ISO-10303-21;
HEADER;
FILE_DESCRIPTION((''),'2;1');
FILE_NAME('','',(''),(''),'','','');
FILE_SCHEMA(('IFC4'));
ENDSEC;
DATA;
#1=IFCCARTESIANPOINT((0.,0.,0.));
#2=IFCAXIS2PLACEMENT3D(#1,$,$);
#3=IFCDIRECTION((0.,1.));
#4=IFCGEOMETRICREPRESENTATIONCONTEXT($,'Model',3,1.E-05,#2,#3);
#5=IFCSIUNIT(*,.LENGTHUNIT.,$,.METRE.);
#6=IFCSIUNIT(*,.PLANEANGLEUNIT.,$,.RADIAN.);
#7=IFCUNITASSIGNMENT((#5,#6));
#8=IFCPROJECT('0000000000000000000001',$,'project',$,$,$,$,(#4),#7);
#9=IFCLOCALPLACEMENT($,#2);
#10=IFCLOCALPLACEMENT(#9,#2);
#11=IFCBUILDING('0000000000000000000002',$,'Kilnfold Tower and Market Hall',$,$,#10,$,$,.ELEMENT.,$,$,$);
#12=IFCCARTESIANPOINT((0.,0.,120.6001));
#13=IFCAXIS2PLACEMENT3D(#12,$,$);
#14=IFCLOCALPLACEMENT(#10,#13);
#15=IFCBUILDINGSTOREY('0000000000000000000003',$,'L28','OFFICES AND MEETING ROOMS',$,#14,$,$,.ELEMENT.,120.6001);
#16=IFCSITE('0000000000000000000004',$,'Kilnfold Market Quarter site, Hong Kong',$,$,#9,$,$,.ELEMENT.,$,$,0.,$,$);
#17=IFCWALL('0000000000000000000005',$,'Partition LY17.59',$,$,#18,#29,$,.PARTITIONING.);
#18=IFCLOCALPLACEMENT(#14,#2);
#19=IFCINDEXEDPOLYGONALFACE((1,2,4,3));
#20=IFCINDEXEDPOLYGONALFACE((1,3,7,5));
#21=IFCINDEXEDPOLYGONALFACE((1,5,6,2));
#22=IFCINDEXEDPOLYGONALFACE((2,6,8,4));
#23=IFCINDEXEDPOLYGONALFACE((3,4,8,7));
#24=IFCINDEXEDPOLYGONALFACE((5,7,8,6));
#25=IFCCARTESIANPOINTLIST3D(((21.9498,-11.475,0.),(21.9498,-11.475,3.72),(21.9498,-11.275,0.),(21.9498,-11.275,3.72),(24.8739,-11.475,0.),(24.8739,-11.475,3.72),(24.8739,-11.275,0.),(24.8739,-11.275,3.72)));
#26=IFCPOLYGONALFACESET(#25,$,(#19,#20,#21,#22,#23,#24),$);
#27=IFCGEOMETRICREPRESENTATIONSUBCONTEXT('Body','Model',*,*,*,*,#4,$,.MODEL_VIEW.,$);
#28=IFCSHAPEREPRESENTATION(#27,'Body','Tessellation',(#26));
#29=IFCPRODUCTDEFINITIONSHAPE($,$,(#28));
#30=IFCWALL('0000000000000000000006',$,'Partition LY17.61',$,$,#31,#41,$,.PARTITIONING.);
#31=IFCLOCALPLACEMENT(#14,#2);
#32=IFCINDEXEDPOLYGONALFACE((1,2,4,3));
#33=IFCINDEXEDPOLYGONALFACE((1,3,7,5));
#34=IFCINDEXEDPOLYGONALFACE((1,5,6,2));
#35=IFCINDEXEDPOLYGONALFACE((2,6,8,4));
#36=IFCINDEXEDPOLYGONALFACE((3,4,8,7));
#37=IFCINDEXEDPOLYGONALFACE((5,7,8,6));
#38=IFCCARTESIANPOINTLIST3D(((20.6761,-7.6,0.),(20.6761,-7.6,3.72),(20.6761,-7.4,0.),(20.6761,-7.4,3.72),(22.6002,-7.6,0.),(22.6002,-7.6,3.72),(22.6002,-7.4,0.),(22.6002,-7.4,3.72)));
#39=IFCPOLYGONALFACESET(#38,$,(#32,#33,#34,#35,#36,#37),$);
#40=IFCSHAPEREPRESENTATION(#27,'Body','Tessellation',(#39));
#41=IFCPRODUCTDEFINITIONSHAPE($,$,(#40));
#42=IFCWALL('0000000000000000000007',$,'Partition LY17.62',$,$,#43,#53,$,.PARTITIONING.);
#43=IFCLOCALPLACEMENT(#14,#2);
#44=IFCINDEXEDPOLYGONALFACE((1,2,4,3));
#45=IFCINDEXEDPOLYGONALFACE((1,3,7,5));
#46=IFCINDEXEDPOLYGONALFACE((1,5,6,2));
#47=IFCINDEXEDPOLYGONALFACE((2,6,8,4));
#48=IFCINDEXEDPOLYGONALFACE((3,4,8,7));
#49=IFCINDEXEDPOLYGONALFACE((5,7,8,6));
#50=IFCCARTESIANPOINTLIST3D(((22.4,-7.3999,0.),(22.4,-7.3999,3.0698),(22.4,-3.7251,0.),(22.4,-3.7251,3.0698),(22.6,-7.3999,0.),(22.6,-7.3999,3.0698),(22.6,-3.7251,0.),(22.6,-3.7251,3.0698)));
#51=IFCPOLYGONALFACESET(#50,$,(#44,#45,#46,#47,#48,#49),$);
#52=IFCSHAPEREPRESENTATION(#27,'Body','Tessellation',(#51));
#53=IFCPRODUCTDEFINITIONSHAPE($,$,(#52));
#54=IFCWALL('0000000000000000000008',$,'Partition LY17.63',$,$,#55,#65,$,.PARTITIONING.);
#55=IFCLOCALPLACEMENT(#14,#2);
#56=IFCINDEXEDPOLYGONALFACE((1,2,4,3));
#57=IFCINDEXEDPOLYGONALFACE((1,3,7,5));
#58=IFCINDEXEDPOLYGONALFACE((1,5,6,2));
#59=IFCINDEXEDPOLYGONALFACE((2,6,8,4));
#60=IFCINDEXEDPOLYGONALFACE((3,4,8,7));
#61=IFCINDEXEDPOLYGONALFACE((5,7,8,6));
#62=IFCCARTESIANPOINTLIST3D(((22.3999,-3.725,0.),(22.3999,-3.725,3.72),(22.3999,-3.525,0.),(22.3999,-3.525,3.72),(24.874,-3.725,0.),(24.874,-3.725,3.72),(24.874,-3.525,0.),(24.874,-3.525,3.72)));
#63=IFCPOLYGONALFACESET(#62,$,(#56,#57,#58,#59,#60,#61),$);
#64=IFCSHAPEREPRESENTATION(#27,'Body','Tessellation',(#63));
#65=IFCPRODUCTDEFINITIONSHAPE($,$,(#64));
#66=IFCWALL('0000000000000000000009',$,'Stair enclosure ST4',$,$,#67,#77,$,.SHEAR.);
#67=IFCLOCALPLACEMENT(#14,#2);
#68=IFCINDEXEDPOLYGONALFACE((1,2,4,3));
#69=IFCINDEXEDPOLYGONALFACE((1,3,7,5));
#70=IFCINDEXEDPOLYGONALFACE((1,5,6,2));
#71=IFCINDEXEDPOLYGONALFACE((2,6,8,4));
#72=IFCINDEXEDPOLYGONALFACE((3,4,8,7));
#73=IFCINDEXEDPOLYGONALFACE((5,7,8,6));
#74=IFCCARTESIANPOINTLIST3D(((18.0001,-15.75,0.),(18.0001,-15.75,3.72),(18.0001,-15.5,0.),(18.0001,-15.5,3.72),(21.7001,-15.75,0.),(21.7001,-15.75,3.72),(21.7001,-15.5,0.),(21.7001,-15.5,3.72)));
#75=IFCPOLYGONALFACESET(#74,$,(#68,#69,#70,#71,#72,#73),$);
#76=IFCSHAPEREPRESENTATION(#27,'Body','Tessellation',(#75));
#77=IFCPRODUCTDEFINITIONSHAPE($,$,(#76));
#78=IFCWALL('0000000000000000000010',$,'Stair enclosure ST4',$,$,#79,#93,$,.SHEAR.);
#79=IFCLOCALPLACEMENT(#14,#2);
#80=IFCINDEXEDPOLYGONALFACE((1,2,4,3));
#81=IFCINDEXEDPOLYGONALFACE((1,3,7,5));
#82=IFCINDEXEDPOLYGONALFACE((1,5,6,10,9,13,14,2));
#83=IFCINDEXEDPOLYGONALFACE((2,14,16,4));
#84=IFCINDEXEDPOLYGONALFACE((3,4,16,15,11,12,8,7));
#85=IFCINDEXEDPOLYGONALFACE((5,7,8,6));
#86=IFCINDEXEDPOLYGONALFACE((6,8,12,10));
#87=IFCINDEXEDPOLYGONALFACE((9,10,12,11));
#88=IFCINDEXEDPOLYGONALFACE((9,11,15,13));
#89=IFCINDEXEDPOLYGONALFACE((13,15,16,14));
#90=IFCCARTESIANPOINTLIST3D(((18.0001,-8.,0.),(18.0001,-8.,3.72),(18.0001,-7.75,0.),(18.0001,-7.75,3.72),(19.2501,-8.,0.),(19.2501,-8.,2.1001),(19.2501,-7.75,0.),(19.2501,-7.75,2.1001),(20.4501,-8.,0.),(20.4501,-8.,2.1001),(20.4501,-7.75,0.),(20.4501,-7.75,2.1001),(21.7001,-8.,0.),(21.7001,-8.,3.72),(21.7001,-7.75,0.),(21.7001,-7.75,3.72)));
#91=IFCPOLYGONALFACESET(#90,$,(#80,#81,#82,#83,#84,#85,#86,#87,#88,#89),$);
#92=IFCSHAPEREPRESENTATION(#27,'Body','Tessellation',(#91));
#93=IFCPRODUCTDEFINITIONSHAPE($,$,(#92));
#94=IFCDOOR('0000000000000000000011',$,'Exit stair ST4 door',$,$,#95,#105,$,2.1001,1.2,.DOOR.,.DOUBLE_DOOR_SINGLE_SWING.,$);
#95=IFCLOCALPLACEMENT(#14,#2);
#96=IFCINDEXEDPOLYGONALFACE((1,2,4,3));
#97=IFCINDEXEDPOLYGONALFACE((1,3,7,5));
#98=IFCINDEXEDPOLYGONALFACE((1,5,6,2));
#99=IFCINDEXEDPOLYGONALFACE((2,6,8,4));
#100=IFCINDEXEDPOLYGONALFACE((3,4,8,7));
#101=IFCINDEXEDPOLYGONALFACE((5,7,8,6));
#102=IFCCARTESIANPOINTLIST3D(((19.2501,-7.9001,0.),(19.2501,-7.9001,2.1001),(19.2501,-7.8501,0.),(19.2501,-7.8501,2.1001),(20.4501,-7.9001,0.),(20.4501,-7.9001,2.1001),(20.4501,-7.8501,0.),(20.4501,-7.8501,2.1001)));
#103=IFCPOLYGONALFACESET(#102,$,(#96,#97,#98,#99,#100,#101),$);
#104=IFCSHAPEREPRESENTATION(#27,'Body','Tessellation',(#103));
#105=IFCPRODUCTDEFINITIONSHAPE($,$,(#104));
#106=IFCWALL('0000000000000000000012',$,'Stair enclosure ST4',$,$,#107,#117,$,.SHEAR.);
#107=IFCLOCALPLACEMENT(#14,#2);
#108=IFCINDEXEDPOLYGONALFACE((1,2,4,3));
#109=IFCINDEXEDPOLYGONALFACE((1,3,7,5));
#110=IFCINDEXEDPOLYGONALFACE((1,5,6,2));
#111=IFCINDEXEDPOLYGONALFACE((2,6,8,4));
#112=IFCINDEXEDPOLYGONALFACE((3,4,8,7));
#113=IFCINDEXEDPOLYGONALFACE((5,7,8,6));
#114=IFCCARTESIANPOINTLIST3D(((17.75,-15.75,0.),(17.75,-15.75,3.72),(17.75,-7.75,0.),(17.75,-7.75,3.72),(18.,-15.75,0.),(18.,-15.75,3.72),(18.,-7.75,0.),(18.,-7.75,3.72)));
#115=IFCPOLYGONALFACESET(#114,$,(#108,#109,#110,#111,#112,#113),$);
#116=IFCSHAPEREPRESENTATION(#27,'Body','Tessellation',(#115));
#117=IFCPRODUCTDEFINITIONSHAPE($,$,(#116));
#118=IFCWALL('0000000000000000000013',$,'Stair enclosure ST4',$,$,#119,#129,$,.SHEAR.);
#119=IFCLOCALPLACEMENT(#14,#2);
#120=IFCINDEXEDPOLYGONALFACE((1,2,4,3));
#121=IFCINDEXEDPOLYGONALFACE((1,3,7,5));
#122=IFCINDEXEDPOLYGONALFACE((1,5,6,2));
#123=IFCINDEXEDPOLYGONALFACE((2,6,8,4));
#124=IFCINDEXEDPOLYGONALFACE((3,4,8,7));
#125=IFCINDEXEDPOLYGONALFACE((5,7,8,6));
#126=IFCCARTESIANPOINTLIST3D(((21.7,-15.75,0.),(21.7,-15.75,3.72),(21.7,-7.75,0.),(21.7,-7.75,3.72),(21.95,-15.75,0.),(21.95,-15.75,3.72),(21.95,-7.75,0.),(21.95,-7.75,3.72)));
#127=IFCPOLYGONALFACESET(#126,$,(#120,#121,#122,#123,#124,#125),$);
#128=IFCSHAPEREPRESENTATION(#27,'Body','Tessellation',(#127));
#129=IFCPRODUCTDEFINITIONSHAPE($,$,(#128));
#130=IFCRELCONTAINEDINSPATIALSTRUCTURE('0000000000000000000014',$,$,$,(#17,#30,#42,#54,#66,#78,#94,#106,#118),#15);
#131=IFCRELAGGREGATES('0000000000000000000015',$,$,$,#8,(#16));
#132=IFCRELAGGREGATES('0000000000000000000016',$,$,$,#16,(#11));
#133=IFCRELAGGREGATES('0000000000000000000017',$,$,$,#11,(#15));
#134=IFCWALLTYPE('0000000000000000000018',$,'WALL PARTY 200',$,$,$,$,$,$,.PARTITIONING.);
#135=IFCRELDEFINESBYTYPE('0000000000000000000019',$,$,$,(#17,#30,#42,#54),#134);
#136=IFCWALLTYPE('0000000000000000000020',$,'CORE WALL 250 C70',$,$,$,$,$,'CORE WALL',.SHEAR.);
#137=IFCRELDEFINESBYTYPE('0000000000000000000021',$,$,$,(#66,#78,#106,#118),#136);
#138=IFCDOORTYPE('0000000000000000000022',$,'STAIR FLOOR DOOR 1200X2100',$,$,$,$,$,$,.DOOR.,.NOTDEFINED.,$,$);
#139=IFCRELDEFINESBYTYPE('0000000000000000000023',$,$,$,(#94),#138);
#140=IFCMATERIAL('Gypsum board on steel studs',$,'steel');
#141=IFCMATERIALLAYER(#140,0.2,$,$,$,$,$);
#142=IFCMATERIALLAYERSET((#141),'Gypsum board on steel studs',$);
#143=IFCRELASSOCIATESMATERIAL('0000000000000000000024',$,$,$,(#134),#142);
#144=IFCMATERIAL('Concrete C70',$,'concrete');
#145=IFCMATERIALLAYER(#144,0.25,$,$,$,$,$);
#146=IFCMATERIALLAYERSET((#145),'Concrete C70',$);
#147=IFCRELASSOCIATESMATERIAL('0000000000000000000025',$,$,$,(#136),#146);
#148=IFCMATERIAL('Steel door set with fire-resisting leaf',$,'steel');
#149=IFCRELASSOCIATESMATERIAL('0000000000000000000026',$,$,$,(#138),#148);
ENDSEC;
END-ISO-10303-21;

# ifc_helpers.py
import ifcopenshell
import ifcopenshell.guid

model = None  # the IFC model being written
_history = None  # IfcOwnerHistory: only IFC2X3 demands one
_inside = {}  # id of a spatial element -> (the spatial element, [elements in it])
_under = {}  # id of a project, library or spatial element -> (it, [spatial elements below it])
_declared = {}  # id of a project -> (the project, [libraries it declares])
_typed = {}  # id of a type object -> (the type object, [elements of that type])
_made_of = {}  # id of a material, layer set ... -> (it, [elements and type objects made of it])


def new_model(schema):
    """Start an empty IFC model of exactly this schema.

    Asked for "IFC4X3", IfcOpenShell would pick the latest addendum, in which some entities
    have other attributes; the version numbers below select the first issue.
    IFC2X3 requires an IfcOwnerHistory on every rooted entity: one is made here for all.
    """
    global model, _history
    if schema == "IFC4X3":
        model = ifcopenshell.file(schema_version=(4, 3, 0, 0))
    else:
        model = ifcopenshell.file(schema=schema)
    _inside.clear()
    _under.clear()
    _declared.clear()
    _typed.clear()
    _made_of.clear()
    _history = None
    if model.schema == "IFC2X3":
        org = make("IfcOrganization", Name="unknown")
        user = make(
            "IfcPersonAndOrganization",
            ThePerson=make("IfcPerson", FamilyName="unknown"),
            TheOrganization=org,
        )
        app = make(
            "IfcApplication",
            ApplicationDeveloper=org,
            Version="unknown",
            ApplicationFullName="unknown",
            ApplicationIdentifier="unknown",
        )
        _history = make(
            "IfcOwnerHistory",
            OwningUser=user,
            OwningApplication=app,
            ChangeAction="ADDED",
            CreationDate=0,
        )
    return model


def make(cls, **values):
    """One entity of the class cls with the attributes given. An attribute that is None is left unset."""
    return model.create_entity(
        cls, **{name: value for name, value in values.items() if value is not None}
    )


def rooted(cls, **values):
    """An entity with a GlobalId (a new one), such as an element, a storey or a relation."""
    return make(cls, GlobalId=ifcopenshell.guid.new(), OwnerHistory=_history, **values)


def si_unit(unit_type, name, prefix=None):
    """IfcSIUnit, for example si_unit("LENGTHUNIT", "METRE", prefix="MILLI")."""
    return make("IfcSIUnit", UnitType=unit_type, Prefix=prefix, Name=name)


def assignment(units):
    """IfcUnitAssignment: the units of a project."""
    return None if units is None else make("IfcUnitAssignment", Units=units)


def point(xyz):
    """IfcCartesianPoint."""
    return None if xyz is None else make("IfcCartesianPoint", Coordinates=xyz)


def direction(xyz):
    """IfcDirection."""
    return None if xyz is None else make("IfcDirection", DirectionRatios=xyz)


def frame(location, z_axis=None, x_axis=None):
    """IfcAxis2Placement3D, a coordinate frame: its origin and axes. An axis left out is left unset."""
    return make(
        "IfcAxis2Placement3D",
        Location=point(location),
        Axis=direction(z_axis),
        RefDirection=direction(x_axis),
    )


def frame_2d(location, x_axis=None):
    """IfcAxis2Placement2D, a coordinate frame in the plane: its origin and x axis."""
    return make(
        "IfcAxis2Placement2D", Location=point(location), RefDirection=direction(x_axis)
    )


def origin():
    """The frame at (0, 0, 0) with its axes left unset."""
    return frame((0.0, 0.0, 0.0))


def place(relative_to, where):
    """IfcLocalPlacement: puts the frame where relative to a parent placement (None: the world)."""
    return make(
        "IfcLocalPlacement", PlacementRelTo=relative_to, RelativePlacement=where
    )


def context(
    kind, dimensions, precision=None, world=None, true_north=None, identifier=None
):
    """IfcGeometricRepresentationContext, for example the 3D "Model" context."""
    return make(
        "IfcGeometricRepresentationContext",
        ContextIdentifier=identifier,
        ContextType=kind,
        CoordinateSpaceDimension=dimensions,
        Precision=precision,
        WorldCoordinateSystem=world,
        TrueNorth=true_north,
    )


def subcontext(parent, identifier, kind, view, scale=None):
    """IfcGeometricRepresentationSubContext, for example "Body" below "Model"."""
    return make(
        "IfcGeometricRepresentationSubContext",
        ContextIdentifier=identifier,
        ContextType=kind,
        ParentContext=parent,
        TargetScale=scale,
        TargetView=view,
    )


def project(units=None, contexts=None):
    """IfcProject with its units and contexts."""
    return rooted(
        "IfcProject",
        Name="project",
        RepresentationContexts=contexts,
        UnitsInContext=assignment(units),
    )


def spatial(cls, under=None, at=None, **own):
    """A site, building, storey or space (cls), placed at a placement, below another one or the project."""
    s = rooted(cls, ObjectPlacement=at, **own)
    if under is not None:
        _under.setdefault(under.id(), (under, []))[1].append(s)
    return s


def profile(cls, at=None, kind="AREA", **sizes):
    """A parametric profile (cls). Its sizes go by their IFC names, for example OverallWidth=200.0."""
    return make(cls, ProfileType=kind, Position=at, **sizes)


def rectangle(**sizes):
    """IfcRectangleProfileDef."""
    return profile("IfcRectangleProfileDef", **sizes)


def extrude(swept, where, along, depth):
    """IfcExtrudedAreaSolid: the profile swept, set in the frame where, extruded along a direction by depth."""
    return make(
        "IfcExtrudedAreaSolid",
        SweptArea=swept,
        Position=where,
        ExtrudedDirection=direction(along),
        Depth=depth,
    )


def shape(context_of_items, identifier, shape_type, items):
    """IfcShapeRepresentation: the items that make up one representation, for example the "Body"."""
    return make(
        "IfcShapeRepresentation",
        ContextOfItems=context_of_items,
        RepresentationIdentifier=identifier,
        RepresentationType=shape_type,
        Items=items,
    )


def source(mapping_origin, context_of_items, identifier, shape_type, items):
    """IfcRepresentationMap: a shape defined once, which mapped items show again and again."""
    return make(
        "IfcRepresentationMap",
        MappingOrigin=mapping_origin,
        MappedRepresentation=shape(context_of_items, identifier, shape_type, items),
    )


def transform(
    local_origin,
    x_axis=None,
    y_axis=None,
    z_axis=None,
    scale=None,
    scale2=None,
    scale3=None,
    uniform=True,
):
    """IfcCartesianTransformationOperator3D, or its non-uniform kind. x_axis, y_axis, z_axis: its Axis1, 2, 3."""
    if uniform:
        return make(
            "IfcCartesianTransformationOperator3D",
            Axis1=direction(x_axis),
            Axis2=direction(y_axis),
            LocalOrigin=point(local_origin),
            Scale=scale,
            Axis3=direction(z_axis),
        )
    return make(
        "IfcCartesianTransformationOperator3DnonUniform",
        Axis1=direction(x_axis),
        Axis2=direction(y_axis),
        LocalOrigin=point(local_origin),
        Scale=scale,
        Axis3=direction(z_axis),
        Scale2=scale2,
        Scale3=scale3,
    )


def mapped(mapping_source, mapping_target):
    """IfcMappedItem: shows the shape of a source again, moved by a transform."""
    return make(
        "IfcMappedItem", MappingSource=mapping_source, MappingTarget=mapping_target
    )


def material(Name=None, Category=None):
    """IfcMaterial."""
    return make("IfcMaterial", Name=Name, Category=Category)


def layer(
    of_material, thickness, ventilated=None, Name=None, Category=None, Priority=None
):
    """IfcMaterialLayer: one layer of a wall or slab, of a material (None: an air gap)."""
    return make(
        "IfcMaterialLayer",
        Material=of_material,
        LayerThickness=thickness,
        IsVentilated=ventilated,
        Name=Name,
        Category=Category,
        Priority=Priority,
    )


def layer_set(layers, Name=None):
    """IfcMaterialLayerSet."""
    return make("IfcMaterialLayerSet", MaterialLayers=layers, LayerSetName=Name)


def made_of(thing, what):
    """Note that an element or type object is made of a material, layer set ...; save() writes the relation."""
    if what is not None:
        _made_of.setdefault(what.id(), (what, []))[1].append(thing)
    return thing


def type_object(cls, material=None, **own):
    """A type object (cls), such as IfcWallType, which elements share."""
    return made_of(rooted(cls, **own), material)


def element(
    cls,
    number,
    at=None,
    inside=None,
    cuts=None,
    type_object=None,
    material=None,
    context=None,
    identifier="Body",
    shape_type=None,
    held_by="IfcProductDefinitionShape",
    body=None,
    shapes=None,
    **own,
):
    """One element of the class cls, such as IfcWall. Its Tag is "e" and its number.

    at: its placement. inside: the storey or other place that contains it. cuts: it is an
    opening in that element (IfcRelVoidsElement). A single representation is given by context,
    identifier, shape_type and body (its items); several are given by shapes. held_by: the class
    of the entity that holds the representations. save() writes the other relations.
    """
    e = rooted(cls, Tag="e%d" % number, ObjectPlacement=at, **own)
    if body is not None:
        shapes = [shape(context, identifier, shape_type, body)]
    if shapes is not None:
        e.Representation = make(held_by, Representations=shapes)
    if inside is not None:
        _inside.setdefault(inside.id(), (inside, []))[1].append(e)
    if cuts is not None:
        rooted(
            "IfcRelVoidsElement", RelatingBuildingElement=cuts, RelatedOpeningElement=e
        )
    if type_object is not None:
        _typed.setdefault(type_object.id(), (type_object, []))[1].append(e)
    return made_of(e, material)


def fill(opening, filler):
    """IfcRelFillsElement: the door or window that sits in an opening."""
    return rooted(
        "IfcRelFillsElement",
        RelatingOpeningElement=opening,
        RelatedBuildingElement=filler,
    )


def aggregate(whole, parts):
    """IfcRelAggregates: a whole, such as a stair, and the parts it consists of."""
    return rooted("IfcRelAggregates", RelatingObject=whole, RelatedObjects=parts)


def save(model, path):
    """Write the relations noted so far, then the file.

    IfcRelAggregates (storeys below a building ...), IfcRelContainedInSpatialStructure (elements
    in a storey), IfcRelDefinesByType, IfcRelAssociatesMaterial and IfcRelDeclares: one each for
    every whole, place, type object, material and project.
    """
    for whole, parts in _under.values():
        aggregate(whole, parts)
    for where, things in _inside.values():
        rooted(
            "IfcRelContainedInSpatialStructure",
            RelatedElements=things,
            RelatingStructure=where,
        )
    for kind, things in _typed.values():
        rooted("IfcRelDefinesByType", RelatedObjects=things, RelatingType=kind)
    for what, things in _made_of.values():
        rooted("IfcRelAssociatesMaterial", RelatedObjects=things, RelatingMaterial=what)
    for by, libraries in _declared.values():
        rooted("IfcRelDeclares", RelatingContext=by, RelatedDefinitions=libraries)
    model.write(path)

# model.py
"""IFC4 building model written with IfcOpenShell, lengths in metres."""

from ifc_helpers import new_model, si_unit, direction, frame, frame_2d, origin, place, context, subcontext, project, spatial, rectangle, extrude, source, transform, mapped, material, layer, layer_set, type_object, element, fill, save


model = new_model("IFC4")

# Units and contexts
model_context = context("Model", 3, precision=1e-05, world=origin(), true_north=direction((0.0, 1.0)))
body_context = subcontext(model_context, "Body", "Model", "MODEL_VIEW")
ifc_project = project(units=[si_unit("LENGTHUNIT", "METRE"), si_unit("PLANEANGLEUNIT", "RADIAN")], contexts=[model_context])

# Site, building, storey
site_placement = place(None, origin())
site = spatial("IfcSite", under=ifc_project, at=site_placement, Name="Kilnfold Market Quarter site, Hong Kong", CompositionType="ELEMENT", RefElevation=0.0)
building_placement = place(site_placement, origin())
building = spatial("IfcBuilding", under=site, at=building_placement, Name="Kilnfold Tower and Market Hall", CompositionType="ELEMENT")
storey_placement = place(building_placement, frame((0.0, 0.0, 120.6001)))
storey = spatial("IfcBuildingStorey", under=building, at=storey_placement, Name="L28", Description="OFFICES AND MEETING ROOMS", CompositionType="ELEMENT", Elevation=120.6001)

# Walls
ifc_material_1 = material(Name="Gypsum board on steel studs", Category="steel")
ifc_layer_1 = layer(ifc_material_1, 0.2)
ifc_layer_set_1 = layer_set([ifc_layer_1], Name="Gypsum board on steel studs")
wall_type_1 = type_object("IfcWallType", Name="WALL PARTY 200", PredefinedType="PARTITIONING", material=ifc_layer_set_1)
wall_1_placement = place(storey_placement, frame((21.95, -11.375, 0.0), z_axis=(0.0, 0.0, 1.0), x_axis=(1.0, 0.0, 0.0)))
element("IfcWall", 1, at=wall_1_placement, inside=storey, type_object=wall_type_1, Name="Partition LY17.59", PredefinedType="PARTITIONING", context=body_context, shape_type="SweptSolid", body=[
    extrude(rectangle(XDim=2.9241, YDim=0.2, at=frame_2d((1.4619, 0.0))), origin(), (0.0, 0.0, 1.0), 3.72),
])
wall_2_placement = place(storey_placement, frame((22.6001, -7.5, 0.0), z_axis=(0.0, 0.0, 1.0), x_axis=(-1.0, 0.0, 0.0)))
element("IfcWall", 2, at=wall_2_placement, inside=storey, type_object=wall_type_1, Name="Partition LY17.61", PredefinedType="PARTITIONING", context=body_context, shape_type="SweptSolid", body=[
    extrude(rectangle(XDim=1.9241, YDim=0.2, at=frame_2d((0.9619, 0.0))), origin(), (0.0, 0.0, 1.0), 3.72),
])
wall_3_placement = place(storey_placement, frame((22.5, -3.7251, 0.0), z_axis=(0.0, 0.0, 1.0), x_axis=(0.0, -1.0, 0.0)))
element("IfcWall", 3, at=wall_3_placement, inside=storey, type_object=wall_type_1, Name="Partition LY17.62", PredefinedType="PARTITIONING", context=body_context, shape_type="SweptSolid", body=[
    extrude(rectangle(XDim=3.6748, YDim=0.2, at=frame_2d((1.8374, 0.0))), origin(), (0.0, 0.0, 1.0), 3.0698),
])
wall_4_placement = place(storey_placement, frame((22.3999, -3.625, 0.0), z_axis=(0.0, 0.0, 1.0), x_axis=(1.0, 0.0, 0.0)))
element("IfcWall", 4, at=wall_4_placement, inside=storey, type_object=wall_type_1, Name="Partition LY17.63", PredefinedType="PARTITIONING", context=body_context, shape_type="SweptSolid", body=[
    extrude(rectangle(XDim=2.4741, YDim=0.2, at=frame_2d((1.2371, 0.0))), origin(), (0.0, 0.0, 1.0), 3.72),
])
ifc_material_2 = material(Name="Concrete C70", Category="concrete")
ifc_layer_2 = layer(ifc_material_2, 0.25)
ifc_layer_set_2 = layer_set([ifc_layer_2], Name="Concrete C70")
wall_type_2 = type_object("IfcWallType", Name="CORE WALL 250 C70", ElementType="CORE WALL", PredefinedType="SHEAR", material=ifc_layer_set_2)
shared_shape_1 = source(origin(), body_context, "Body", "SweptSolid", [
    extrude(rectangle(XDim=3.7, YDim=0.25, at=frame_2d((1.8501, 0.0))), origin(), (0.0, 0.0, 1.0), 3.72),
])
wall_5_placement = place(storey_placement, frame((18.0, -15.625, 0.0), z_axis=(0.0, 0.0, 1.0), x_axis=(1.0, 0.0, 0.0)))
element("IfcWall", 5, at=wall_5_placement, inside=storey, type_object=wall_type_2, Name="Stair enclosure ST4", PredefinedType="SHEAR", context=body_context, shape_type="MappedRepresentation", body=[
    mapped(shared_shape_1, transform((0.0, 0.0, 0.0))),
])

# Wall, opening, door
wall_6_placement = place(storey_placement, frame((18.0, -7.875, 0.0), z_axis=(0.0, 0.0, 1.0), x_axis=(1.0, 0.0, 0.0)))
wall_6 = element("IfcWall", 6, at=wall_6_placement, inside=storey, type_object=wall_type_2, Name="Stair enclosure ST4", PredefinedType="SHEAR", context=body_context, shape_type="MappedRepresentation", body=[
    mapped(shared_shape_1, transform((0.0, 0.0, 0.0))),
])
opening_1_placement = place(wall_6_placement, frame((1.25, 0.0, 0.0)))
opening_1 = element("IfcOpeningElement", 7, at=opening_1_placement, cuts=wall_6, PredefinedType="OPENING", context=body_context, shape_type="SweptSolid", body=[
    extrude(rectangle(XDim=1.2, YDim=2.1001, at=frame_2d((0.6001, 1.05))), frame((0.0, 0.135, 0.0), z_axis=(0.0, -1.0, 0.0), x_axis=(1.0, 0.0, 0.0)), (0.0, 0.0, 1.0), 0.27),
])
ifc_material_3 = material(Name="Steel door set with fire-resisting leaf", Category="steel")
door_type_1 = type_object("IfcDoorType", Name="STAIR FLOOR DOOR 1200X2100", OperationType="NOTDEFINED", PredefinedType="DOOR", material=ifc_material_3)
door_1_placement = place(opening_1_placement, origin())
door_1 = element("IfcDoor", 8, at=door_1_placement, inside=storey, type_object=door_type_1, Name="Exit stair ST4 door", OperationType="DOUBLE_DOOR_SINGLE_SWING", OverallHeight=2.1001, OverallWidth=1.2, PredefinedType="DOOR", context=body_context, shape_type="SweptSolid", body=[
    extrude(rectangle(XDim=1.2, YDim=2.1001, at=frame_2d((0.6001, 1.05))), frame((0.0, 0.0249, 0.0), z_axis=(0.0, -1.0, 0.0), x_axis=(1.0, 0.0, 0.0)), (0.0, 0.0, 1.0), 0.05),
])
fill(opening_1, door_1)

# Walls
shared_shape_2 = source(origin(), body_context, "Body", "SweptSolid", [
    extrude(rectangle(XDim=8.0, YDim=0.25, at=frame_2d((4.0, 0.0))), origin(), (0.0, 0.0, 1.0), 3.72),
])
for number, where, z_axis, x_axis, name in (
    (9, (17.875, -15.75, 0.0), (0.0, 0.0, 1.0), (0.0, 1.0, 0.0), "Stair enclosure ST4"),
    (10, (21.825, -15.75, 0.0), (0.0, 0.0, 1.0), (0.0, 1.0, 0.0), "Stair enclosure ST4"),
):
    element("IfcWall", number, at=place(storey_placement, frame(where, z_axis=z_axis, x_axis=x_axis)), inside=storey, type_object=wall_type_2, Name=name, PredefinedType="SHEAR", context=body_context, shape_type="MappedRepresentation", body=[
        mapped(shared_shape_2, transform((0.0, 0.0, 0.0))),
    ])

save(model, "model.ifc")
